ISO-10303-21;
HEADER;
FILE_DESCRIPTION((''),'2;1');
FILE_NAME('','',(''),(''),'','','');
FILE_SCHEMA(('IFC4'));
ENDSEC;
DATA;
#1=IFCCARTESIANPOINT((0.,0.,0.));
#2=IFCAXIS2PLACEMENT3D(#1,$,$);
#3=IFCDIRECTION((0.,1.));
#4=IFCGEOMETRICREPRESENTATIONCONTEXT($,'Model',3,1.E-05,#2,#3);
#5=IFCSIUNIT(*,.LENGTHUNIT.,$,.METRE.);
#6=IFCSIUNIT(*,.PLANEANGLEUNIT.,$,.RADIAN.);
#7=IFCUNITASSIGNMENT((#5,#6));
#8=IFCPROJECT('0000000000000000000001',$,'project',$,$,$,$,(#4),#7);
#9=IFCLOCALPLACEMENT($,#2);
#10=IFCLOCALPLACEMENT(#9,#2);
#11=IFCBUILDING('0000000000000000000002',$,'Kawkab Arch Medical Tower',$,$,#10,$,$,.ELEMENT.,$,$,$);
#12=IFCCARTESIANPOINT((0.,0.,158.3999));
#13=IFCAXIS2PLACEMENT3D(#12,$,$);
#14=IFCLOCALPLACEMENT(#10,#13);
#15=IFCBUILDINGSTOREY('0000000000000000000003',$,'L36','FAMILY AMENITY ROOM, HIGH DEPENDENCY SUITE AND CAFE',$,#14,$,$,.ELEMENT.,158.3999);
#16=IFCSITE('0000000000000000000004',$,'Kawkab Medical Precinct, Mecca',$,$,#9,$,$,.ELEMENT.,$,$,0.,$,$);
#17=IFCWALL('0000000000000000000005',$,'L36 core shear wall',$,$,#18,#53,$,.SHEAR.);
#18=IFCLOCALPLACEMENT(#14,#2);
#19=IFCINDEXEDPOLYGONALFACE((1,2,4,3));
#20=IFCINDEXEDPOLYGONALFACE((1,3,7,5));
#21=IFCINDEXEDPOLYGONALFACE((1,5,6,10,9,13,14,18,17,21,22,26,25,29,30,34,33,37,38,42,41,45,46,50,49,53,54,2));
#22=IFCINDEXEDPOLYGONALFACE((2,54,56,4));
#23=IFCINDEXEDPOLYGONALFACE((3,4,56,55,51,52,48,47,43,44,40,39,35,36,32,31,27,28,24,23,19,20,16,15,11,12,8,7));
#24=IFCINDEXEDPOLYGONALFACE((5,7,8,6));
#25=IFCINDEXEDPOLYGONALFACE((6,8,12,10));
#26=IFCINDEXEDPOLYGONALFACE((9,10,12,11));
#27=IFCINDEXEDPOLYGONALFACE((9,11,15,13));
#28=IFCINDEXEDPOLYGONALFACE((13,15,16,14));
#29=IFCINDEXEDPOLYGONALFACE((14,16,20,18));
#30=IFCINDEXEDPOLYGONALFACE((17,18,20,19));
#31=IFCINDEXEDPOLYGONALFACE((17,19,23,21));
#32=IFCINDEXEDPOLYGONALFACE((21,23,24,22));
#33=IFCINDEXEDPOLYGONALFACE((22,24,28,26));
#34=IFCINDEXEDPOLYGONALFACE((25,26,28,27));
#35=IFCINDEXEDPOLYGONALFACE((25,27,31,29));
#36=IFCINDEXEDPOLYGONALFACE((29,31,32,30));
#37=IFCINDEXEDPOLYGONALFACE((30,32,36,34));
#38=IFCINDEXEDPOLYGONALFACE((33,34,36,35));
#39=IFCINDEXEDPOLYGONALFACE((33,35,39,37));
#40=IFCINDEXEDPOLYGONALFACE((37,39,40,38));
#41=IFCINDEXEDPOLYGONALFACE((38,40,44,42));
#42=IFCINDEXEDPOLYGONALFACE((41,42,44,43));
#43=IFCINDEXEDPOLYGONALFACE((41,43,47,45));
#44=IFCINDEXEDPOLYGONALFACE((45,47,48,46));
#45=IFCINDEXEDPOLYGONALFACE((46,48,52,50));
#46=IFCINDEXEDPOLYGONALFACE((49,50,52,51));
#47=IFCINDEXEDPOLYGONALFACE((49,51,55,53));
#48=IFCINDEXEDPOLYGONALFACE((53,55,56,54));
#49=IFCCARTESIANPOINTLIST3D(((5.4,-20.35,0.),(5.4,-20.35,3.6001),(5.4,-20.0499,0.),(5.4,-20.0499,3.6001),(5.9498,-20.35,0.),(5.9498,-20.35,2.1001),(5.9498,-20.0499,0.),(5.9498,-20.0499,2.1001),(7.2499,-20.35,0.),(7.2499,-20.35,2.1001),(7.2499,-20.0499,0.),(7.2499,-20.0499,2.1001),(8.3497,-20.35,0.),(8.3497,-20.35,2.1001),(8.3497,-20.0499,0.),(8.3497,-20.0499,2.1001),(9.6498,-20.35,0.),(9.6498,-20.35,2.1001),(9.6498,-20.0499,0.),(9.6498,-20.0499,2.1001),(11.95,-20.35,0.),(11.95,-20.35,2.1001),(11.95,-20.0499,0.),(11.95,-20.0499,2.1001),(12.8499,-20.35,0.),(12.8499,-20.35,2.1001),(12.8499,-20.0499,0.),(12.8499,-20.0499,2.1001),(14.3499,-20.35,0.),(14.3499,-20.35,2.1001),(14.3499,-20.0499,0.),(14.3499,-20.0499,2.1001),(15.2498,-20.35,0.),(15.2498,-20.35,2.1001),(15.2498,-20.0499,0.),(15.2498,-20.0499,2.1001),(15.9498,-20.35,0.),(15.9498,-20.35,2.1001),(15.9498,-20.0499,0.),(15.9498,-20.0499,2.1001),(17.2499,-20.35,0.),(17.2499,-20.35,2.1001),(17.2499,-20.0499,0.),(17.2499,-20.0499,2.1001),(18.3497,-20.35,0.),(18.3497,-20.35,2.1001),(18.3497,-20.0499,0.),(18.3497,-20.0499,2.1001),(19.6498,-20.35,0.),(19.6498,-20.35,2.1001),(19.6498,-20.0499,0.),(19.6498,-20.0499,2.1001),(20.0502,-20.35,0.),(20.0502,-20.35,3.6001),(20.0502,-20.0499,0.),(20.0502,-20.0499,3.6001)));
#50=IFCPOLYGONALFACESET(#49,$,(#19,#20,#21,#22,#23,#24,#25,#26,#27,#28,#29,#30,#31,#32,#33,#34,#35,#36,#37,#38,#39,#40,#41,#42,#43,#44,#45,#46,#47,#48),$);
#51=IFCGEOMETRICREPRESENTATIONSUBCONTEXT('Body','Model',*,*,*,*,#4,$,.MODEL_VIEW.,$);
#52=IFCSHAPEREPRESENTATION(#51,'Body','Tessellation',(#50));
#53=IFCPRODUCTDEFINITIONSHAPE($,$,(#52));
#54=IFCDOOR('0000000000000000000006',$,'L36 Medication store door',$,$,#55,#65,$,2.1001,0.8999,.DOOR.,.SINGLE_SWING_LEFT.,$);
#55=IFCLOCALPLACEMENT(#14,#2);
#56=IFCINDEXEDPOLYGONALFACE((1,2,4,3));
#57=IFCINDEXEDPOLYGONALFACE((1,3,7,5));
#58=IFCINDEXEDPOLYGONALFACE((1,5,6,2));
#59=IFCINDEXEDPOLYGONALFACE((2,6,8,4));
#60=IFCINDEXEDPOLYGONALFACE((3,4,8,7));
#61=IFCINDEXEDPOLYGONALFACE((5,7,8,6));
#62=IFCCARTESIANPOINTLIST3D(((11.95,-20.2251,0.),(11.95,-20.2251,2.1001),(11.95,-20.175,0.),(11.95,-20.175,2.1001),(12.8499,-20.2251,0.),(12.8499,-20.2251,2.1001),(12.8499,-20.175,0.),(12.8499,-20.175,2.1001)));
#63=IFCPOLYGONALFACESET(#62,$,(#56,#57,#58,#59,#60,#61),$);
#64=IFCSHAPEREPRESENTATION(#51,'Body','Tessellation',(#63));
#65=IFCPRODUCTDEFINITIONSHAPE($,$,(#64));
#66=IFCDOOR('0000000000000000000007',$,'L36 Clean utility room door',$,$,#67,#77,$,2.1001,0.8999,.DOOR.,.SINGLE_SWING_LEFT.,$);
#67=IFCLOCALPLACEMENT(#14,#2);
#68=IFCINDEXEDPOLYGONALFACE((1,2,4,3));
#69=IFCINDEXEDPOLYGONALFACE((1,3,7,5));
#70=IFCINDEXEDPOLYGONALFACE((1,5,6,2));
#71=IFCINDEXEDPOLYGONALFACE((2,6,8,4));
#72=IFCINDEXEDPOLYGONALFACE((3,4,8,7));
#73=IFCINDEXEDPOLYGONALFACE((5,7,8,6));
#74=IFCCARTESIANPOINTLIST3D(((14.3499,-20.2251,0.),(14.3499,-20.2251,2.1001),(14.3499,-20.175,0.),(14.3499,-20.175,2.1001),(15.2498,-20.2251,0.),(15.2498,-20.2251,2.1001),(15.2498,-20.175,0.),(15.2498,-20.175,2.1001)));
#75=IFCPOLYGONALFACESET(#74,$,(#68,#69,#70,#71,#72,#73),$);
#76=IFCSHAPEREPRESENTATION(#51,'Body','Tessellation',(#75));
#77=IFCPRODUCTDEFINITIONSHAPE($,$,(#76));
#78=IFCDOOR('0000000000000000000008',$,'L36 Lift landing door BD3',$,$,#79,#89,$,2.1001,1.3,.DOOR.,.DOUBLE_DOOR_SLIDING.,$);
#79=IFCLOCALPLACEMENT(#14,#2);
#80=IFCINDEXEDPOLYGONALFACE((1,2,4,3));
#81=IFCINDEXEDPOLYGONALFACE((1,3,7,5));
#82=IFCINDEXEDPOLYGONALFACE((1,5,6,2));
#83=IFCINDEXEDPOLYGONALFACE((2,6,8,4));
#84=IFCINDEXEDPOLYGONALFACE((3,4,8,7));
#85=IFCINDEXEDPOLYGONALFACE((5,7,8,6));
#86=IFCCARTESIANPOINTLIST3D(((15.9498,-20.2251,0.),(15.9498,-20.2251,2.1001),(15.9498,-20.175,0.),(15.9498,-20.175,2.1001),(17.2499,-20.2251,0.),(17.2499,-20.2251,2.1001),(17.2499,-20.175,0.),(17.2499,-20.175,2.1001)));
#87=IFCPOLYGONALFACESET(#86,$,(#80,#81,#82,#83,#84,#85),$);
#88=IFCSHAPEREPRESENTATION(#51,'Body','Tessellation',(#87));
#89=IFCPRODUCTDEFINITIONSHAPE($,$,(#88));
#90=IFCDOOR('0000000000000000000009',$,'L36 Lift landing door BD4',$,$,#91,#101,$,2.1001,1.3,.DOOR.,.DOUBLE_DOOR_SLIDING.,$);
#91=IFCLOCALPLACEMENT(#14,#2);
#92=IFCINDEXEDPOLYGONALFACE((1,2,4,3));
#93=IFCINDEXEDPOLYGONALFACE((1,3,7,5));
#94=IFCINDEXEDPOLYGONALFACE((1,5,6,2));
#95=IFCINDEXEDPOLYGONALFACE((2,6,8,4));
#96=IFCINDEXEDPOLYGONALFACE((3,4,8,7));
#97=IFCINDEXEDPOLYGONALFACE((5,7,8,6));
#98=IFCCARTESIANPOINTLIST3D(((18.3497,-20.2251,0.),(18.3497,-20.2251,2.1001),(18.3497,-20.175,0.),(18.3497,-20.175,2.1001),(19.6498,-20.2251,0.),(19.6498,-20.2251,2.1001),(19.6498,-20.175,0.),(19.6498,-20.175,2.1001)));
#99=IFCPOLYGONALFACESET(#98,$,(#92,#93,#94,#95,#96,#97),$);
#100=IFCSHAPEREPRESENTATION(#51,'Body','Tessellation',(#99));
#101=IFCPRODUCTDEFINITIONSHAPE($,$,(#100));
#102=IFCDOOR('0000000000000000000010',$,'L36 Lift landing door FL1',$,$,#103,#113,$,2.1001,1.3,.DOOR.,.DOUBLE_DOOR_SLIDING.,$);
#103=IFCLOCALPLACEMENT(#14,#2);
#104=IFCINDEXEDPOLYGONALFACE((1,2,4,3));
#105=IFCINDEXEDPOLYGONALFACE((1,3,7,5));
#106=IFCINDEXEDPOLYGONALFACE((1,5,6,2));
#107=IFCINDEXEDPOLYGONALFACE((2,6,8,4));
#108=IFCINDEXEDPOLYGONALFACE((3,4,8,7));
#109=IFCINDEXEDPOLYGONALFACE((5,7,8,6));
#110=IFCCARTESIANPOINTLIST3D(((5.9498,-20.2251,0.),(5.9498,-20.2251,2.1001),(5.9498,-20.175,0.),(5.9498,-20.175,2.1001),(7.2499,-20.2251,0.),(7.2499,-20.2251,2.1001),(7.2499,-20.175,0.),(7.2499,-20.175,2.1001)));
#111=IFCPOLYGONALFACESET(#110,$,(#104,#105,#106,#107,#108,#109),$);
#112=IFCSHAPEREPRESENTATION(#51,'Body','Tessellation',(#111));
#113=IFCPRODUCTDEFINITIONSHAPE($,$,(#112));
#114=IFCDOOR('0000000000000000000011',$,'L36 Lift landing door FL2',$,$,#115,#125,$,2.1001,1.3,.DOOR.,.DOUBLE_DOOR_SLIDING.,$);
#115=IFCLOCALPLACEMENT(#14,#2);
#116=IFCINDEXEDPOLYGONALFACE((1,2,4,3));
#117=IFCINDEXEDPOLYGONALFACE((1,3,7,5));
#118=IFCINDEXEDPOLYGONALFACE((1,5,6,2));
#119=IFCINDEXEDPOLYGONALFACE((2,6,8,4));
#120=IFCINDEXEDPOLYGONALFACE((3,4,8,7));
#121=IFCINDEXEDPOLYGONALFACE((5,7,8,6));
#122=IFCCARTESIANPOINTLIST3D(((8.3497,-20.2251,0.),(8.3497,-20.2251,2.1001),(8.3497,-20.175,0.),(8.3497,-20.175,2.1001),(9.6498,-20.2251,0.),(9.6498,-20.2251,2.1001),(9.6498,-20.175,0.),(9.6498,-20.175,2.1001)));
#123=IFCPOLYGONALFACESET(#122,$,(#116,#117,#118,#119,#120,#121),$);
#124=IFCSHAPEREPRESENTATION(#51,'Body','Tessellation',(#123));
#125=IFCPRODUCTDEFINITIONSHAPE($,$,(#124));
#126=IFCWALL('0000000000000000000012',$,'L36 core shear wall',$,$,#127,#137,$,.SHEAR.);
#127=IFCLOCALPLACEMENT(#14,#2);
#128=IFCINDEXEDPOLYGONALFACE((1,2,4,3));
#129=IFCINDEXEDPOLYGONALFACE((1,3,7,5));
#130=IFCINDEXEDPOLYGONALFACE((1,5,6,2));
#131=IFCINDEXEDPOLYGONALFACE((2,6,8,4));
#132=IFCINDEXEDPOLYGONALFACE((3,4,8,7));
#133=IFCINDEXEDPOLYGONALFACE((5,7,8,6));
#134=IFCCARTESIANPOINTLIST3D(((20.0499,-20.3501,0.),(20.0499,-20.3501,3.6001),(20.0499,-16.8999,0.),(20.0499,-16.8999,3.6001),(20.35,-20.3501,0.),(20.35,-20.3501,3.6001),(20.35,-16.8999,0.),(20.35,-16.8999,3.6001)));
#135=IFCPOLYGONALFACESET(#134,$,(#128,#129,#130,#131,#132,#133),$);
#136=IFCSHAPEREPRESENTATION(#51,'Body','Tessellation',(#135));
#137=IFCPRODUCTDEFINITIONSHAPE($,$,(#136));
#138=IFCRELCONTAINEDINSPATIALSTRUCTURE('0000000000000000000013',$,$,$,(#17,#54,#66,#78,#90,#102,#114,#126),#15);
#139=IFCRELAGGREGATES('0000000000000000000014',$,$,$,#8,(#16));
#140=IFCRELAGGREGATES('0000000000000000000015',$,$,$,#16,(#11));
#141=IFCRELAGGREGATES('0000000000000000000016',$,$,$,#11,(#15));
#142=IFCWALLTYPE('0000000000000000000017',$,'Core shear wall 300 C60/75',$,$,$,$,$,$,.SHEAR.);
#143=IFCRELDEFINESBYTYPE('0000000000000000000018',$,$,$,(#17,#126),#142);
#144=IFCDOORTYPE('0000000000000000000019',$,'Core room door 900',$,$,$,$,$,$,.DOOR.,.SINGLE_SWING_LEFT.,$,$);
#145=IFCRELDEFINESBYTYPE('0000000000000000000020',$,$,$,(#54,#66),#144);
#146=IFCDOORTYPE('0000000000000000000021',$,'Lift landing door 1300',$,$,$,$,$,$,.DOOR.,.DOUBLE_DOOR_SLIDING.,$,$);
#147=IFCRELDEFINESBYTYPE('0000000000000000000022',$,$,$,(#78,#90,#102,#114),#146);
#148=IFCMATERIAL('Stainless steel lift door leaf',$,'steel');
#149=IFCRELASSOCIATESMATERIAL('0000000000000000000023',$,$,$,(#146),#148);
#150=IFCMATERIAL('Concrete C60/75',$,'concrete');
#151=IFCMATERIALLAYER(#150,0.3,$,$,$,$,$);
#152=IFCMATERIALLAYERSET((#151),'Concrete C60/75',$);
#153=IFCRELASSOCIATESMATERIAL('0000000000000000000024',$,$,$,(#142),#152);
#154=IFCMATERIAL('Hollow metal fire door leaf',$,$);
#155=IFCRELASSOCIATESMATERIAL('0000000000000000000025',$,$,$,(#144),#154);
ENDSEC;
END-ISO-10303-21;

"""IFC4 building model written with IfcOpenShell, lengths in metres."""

from ifc_helpers import new_model, si_unit, direction, frame, frame_2d, origin, place, context, subcontext, project, spatial, rectangle, extrude, material, layer, layer_set, type_object, element, fill, save


model = new_model("IFC4")

# Units and contexts
model_context = context("Model", 3, precision=1e-05, world=origin(), true_north=direction((0.0, 1.0)))
body_context = subcontext(model_context, "Body", "Model", "MODEL_VIEW")
ifc_project = project(units=[si_unit("LENGTHUNIT", "METRE"), si_unit("PLANEANGLEUNIT", "RADIAN")], contexts=[model_context])

# Site, building, storey
site_placement = place(None, origin())
site = spatial("IfcSite", under=ifc_project, at=site_placement, Name="Kawkab Medical Precinct, Mecca", CompositionType="ELEMENT", RefElevation=0.0)
building_placement = place(site_placement, origin())
building = spatial("IfcBuilding", under=site, at=building_placement, Name="Kawkab Arch Medical Tower", CompositionType="ELEMENT")
storey_placement = place(building_placement, frame((0.0, 0.0, 158.3999)))
storey = spatial("IfcBuildingStorey", under=building, at=storey_placement, Name="L36", Description="FAMILY AMENITY ROOM, HIGH DEPENDENCY SUITE AND CAFE", CompositionType="ELEMENT", Elevation=158.3999)

# Shared definitions
ifc_material_1 = material(Name="Stainless steel lift door leaf", Category="steel")
door_type_1 = type_object("IfcDoorType", Name="Lift landing door 1300", OperationType="DOUBLE_DOOR_SLIDING", PredefinedType="DOOR", material=ifc_material_1)

# Wall, openings, doors
ifc_material_2 = material(Name="Concrete C60/75", Category="concrete")
ifc_layer_1 = layer(ifc_material_2, 0.3)
ifc_layer_set_1 = layer_set([ifc_layer_1], Name="Concrete C60/75")
wall_type_1 = type_object("IfcWallType", Name="Core shear wall 300 C60/75", PredefinedType="SHEAR", material=ifc_layer_set_1)
wall_1_placement = place(storey_placement, frame((5.3999, -20.2, 0.0), z_axis=(0.0, 0.0, 1.0), x_axis=(1.0, 0.0, 0.0)))
wall_1 = element("IfcWall", 1, at=wall_1_placement, inside=storey, type_object=wall_type_1, Name="L36 core shear wall", PredefinedType="SHEAR", context=body_context, shape_type="SweptSolid", body=[
    extrude(rectangle(XDim=14.6501, YDim=0.3, at=frame_2d((7.3252, 0.0))), origin(), (0.0, 0.0, 1.0), 3.6001),
])
opening_1_placement = place(wall_1_placement, frame((10.55, 0.0, 0.0)))
opening_1 = element("IfcOpeningElement", 2, at=opening_1_placement, cuts=wall_1, PredefinedType="OPENING", context=body_context, shape_type="SweptSolid", body=[
    extrude(rectangle(XDim=1.3, YDim=2.1001, at=frame_2d((0.6499, 1.05))), frame((0.0, 0.1599, 0.0), z_axis=(0.0, -1.0, 0.0), x_axis=(1.0, 0.0, 0.0)), (0.0, 0.0, 1.0), 0.3201),
])
opening_2_placement = place(wall_1_placement, frame((12.95, 0.0, 0.0)))
opening_2 = element("IfcOpeningElement", 3, at=opening_2_placement, cuts=wall_1, PredefinedType="OPENING", context=body_context, shape_type="SweptSolid", body=[
    extrude(rectangle(XDim=1.3, YDim=2.1001, at=frame_2d((0.6499, 1.05))), frame((0.0, 0.1599, 0.0), z_axis=(0.0, -1.0, 0.0), x_axis=(1.0, 0.0, 0.0)), (0.0, 0.0, 1.0), 0.3201),
])
opening_3_placement = place(wall_1_placement, frame((0.55, 0.0, 0.0)))
opening_3 = element("IfcOpeningElement", 4, at=opening_3_placement, cuts=wall_1, PredefinedType="OPENING", context=body_context, shape_type="SweptSolid", body=[
    extrude(rectangle(XDim=1.3, YDim=2.1001, at=frame_2d((0.6499, 1.05))), frame((0.0, 0.1599, 0.0), z_axis=(0.0, -1.0, 0.0), x_axis=(1.0, 0.0, 0.0)), (0.0, 0.0, 1.0), 0.3201),
])
opening_4_placement = place(wall_1_placement, frame((2.95, 0.0, 0.0)))
opening_4 = element("IfcOpeningElement", 5, at=opening_4_placement, cuts=wall_1, PredefinedType="OPENING", context=body_context, shape_type="SweptSolid", body=[
    extrude(rectangle(XDim=1.3, YDim=2.1001, at=frame_2d((0.6499, 1.05))), frame((0.0, 0.1599, 0.0), z_axis=(0.0, -1.0, 0.0), x_axis=(1.0, 0.0, 0.0)), (0.0, 0.0, 1.0), 0.3201),
])
opening_5_placement = place(wall_1_placement, frame((6.55, 0.0, 0.0)))
opening_5 = element("IfcOpeningElement", 6, at=opening_5_placement, cuts=wall_1, PredefinedType="OPENING", context=body_context, shape_type="SweptSolid", body=[
    extrude(rectangle(XDim=0.8999, YDim=2.1001, at=frame_2d((0.45, 1.05))), frame((0.0, 0.1599, 0.0), z_axis=(0.0, -1.0, 0.0), x_axis=(1.0, 0.0, 0.0)), (0.0, 0.0, 1.0), 0.3201),
])
opening_6_placement = place(wall_1_placement, frame((8.95, 0.0, 0.0)))
opening_6 = element("IfcOpeningElement", 7, at=opening_6_placement, cuts=wall_1, PredefinedType="OPENING", context=body_context, shape_type="SweptSolid", body=[
    extrude(rectangle(XDim=0.8999, YDim=2.1001, at=frame_2d((0.45, 1.05))), frame((0.0, 0.1599, 0.0), z_axis=(0.0, -1.0, 0.0), x_axis=(1.0, 0.0, 0.0)), (0.0, 0.0, 1.0), 0.3201),
])
ifc_material_3 = material(Name="Hollow metal fire door leaf")
door_type_2 = type_object("IfcDoorType", Name="Core room door 900", OperationType="SINGLE_SWING_LEFT", PredefinedType="DOOR", material=ifc_material_3)
door_1_placement = place(opening_5_placement, origin())
door_1 = element("IfcDoor", 8, at=door_1_placement, inside=storey, type_object=door_type_2, Name="L36 Medication store door", OperationType="SINGLE_SWING_LEFT", OverallHeight=2.1001, OverallWidth=0.8999, PredefinedType="DOOR", context=body_context, shape_type="SweptSolid", body=[
    extrude(rectangle(XDim=0.8999, YDim=2.1001, at=frame_2d((0.45, 1.05))), frame((0.0, 0.0249, 0.0), z_axis=(0.0, -1.0, 0.0), x_axis=(1.0, 0.0, 0.0)), (0.0, 0.0, 1.0), 0.05),
])
fill(opening_5, door_1)
door_2_placement = place(opening_6_placement, origin())
door_2 = element("IfcDoor", 9, at=door_2_placement, inside=storey, type_object=door_type_2, Name="L36 Clean utility room door", OperationType="SINGLE_SWING_LEFT", OverallHeight=2.1001, OverallWidth=0.8999, PredefinedType="DOOR", context=body_context, shape_type="SweptSolid", body=[
    extrude(rectangle(XDim=0.8999, YDim=2.1001, at=frame_2d((0.45, 1.05))), frame((0.0, 0.0249, 0.0), z_axis=(0.0, -1.0, 0.0), x_axis=(1.0, 0.0, 0.0)), (0.0, 0.0, 1.0), 0.05),
])
fill(opening_6, door_2)
door_3_placement = place(opening_1_placement, origin())
door_3 = element("IfcDoor", 10, at=door_3_placement, inside=storey, type_object=door_type_1, Name="L36 Lift landing door BD3", OperationType="DOUBLE_DOOR_SLIDING", OverallHeight=2.1001, OverallWidth=1.3, PredefinedType="DOOR", context=body_context, shape_type="SweptSolid", body=[
    extrude(rectangle(XDim=1.3, YDim=2.1001, at=frame_2d((0.6499, 1.05))), frame((0.0, 0.0249, 0.0), z_axis=(0.0, -1.0, 0.0), x_axis=(1.0, 0.0, 0.0)), (0.0, 0.0, 1.0), 0.05),
])
fill(opening_1, door_3)
door_4_placement = place(opening_2_placement, origin())
door_4 = element("IfcDoor", 11, at=door_4_placement, inside=storey, type_object=door_type_1, Name="L36 Lift landing door BD4", OperationType="DOUBLE_DOOR_SLIDING", OverallHeight=2.1001, OverallWidth=1.3, PredefinedType="DOOR", context=body_context, shape_type="SweptSolid", body=[
    extrude(rectangle(XDim=1.3, YDim=2.1001, at=frame_2d((0.6499, 1.05))), frame((0.0, 0.0249, 0.0), z_axis=(0.0, -1.0, 0.0), x_axis=(1.0, 0.0, 0.0)), (0.0, 0.0, 1.0), 0.05),
])
fill(opening_2, door_4)
door_5_placement = place(opening_3_placement, origin())
door_5 = element("IfcDoor", 12, at=door_5_placement, inside=storey, type_object=door_type_1, Name="L36 Lift landing door FL1", OperationType="DOUBLE_DOOR_SLIDING", OverallHeight=2.1001, OverallWidth=1.3, PredefinedType="DOOR", context=body_context, shape_type="SweptSolid", body=[
    extrude(rectangle(XDim=1.3, YDim=2.1001, at=frame_2d((0.6499, 1.05))), frame((0.0, 0.0249, 0.0), z_axis=(0.0, -1.0, 0.0), x_axis=(1.0, 0.0, 0.0)), (0.0, 0.0, 1.0), 0.05),
])
fill(opening_3, door_5)
door_6_placement = place(opening_4_placement, origin())
door_6 = element("IfcDoor", 13, at=door_6_placement, inside=storey, type_object=door_type_1, Name="L36 Lift landing door FL2", OperationType="DOUBLE_DOOR_SLIDING", OverallHeight=2.1001, OverallWidth=1.3, PredefinedType="DOOR", context=body_context, shape_type="SweptSolid", body=[
    extrude(rectangle(XDim=1.3, YDim=2.1001, at=frame_2d((0.6499, 1.05))), frame((0.0, 0.0249, 0.0), z_axis=(0.0, -1.0, 0.0), x_axis=(1.0, 0.0, 0.0)), (0.0, 0.0, 1.0), 0.05),
])
fill(opening_4, door_6)

# Wall
wall_2_placement = place(storey_placement, frame((20.2, -20.3501, 0.0), z_axis=(0.0, 0.0, 1.0), x_axis=(0.0, 1.0, 0.0)))
element("IfcWall", 14, at=wall_2_placement, inside=storey, type_object=wall_type_1, Name="L36 core shear wall", PredefinedType="SHEAR", context=body_context, shape_type="SweptSolid", body=[
    extrude(rectangle(XDim=3.4502, YDim=0.3, at=frame_2d((1.7251, 0.0))), origin(), (0.0, 0.0, 1.0), 3.6001),
])

save(model, "model.ifc")
